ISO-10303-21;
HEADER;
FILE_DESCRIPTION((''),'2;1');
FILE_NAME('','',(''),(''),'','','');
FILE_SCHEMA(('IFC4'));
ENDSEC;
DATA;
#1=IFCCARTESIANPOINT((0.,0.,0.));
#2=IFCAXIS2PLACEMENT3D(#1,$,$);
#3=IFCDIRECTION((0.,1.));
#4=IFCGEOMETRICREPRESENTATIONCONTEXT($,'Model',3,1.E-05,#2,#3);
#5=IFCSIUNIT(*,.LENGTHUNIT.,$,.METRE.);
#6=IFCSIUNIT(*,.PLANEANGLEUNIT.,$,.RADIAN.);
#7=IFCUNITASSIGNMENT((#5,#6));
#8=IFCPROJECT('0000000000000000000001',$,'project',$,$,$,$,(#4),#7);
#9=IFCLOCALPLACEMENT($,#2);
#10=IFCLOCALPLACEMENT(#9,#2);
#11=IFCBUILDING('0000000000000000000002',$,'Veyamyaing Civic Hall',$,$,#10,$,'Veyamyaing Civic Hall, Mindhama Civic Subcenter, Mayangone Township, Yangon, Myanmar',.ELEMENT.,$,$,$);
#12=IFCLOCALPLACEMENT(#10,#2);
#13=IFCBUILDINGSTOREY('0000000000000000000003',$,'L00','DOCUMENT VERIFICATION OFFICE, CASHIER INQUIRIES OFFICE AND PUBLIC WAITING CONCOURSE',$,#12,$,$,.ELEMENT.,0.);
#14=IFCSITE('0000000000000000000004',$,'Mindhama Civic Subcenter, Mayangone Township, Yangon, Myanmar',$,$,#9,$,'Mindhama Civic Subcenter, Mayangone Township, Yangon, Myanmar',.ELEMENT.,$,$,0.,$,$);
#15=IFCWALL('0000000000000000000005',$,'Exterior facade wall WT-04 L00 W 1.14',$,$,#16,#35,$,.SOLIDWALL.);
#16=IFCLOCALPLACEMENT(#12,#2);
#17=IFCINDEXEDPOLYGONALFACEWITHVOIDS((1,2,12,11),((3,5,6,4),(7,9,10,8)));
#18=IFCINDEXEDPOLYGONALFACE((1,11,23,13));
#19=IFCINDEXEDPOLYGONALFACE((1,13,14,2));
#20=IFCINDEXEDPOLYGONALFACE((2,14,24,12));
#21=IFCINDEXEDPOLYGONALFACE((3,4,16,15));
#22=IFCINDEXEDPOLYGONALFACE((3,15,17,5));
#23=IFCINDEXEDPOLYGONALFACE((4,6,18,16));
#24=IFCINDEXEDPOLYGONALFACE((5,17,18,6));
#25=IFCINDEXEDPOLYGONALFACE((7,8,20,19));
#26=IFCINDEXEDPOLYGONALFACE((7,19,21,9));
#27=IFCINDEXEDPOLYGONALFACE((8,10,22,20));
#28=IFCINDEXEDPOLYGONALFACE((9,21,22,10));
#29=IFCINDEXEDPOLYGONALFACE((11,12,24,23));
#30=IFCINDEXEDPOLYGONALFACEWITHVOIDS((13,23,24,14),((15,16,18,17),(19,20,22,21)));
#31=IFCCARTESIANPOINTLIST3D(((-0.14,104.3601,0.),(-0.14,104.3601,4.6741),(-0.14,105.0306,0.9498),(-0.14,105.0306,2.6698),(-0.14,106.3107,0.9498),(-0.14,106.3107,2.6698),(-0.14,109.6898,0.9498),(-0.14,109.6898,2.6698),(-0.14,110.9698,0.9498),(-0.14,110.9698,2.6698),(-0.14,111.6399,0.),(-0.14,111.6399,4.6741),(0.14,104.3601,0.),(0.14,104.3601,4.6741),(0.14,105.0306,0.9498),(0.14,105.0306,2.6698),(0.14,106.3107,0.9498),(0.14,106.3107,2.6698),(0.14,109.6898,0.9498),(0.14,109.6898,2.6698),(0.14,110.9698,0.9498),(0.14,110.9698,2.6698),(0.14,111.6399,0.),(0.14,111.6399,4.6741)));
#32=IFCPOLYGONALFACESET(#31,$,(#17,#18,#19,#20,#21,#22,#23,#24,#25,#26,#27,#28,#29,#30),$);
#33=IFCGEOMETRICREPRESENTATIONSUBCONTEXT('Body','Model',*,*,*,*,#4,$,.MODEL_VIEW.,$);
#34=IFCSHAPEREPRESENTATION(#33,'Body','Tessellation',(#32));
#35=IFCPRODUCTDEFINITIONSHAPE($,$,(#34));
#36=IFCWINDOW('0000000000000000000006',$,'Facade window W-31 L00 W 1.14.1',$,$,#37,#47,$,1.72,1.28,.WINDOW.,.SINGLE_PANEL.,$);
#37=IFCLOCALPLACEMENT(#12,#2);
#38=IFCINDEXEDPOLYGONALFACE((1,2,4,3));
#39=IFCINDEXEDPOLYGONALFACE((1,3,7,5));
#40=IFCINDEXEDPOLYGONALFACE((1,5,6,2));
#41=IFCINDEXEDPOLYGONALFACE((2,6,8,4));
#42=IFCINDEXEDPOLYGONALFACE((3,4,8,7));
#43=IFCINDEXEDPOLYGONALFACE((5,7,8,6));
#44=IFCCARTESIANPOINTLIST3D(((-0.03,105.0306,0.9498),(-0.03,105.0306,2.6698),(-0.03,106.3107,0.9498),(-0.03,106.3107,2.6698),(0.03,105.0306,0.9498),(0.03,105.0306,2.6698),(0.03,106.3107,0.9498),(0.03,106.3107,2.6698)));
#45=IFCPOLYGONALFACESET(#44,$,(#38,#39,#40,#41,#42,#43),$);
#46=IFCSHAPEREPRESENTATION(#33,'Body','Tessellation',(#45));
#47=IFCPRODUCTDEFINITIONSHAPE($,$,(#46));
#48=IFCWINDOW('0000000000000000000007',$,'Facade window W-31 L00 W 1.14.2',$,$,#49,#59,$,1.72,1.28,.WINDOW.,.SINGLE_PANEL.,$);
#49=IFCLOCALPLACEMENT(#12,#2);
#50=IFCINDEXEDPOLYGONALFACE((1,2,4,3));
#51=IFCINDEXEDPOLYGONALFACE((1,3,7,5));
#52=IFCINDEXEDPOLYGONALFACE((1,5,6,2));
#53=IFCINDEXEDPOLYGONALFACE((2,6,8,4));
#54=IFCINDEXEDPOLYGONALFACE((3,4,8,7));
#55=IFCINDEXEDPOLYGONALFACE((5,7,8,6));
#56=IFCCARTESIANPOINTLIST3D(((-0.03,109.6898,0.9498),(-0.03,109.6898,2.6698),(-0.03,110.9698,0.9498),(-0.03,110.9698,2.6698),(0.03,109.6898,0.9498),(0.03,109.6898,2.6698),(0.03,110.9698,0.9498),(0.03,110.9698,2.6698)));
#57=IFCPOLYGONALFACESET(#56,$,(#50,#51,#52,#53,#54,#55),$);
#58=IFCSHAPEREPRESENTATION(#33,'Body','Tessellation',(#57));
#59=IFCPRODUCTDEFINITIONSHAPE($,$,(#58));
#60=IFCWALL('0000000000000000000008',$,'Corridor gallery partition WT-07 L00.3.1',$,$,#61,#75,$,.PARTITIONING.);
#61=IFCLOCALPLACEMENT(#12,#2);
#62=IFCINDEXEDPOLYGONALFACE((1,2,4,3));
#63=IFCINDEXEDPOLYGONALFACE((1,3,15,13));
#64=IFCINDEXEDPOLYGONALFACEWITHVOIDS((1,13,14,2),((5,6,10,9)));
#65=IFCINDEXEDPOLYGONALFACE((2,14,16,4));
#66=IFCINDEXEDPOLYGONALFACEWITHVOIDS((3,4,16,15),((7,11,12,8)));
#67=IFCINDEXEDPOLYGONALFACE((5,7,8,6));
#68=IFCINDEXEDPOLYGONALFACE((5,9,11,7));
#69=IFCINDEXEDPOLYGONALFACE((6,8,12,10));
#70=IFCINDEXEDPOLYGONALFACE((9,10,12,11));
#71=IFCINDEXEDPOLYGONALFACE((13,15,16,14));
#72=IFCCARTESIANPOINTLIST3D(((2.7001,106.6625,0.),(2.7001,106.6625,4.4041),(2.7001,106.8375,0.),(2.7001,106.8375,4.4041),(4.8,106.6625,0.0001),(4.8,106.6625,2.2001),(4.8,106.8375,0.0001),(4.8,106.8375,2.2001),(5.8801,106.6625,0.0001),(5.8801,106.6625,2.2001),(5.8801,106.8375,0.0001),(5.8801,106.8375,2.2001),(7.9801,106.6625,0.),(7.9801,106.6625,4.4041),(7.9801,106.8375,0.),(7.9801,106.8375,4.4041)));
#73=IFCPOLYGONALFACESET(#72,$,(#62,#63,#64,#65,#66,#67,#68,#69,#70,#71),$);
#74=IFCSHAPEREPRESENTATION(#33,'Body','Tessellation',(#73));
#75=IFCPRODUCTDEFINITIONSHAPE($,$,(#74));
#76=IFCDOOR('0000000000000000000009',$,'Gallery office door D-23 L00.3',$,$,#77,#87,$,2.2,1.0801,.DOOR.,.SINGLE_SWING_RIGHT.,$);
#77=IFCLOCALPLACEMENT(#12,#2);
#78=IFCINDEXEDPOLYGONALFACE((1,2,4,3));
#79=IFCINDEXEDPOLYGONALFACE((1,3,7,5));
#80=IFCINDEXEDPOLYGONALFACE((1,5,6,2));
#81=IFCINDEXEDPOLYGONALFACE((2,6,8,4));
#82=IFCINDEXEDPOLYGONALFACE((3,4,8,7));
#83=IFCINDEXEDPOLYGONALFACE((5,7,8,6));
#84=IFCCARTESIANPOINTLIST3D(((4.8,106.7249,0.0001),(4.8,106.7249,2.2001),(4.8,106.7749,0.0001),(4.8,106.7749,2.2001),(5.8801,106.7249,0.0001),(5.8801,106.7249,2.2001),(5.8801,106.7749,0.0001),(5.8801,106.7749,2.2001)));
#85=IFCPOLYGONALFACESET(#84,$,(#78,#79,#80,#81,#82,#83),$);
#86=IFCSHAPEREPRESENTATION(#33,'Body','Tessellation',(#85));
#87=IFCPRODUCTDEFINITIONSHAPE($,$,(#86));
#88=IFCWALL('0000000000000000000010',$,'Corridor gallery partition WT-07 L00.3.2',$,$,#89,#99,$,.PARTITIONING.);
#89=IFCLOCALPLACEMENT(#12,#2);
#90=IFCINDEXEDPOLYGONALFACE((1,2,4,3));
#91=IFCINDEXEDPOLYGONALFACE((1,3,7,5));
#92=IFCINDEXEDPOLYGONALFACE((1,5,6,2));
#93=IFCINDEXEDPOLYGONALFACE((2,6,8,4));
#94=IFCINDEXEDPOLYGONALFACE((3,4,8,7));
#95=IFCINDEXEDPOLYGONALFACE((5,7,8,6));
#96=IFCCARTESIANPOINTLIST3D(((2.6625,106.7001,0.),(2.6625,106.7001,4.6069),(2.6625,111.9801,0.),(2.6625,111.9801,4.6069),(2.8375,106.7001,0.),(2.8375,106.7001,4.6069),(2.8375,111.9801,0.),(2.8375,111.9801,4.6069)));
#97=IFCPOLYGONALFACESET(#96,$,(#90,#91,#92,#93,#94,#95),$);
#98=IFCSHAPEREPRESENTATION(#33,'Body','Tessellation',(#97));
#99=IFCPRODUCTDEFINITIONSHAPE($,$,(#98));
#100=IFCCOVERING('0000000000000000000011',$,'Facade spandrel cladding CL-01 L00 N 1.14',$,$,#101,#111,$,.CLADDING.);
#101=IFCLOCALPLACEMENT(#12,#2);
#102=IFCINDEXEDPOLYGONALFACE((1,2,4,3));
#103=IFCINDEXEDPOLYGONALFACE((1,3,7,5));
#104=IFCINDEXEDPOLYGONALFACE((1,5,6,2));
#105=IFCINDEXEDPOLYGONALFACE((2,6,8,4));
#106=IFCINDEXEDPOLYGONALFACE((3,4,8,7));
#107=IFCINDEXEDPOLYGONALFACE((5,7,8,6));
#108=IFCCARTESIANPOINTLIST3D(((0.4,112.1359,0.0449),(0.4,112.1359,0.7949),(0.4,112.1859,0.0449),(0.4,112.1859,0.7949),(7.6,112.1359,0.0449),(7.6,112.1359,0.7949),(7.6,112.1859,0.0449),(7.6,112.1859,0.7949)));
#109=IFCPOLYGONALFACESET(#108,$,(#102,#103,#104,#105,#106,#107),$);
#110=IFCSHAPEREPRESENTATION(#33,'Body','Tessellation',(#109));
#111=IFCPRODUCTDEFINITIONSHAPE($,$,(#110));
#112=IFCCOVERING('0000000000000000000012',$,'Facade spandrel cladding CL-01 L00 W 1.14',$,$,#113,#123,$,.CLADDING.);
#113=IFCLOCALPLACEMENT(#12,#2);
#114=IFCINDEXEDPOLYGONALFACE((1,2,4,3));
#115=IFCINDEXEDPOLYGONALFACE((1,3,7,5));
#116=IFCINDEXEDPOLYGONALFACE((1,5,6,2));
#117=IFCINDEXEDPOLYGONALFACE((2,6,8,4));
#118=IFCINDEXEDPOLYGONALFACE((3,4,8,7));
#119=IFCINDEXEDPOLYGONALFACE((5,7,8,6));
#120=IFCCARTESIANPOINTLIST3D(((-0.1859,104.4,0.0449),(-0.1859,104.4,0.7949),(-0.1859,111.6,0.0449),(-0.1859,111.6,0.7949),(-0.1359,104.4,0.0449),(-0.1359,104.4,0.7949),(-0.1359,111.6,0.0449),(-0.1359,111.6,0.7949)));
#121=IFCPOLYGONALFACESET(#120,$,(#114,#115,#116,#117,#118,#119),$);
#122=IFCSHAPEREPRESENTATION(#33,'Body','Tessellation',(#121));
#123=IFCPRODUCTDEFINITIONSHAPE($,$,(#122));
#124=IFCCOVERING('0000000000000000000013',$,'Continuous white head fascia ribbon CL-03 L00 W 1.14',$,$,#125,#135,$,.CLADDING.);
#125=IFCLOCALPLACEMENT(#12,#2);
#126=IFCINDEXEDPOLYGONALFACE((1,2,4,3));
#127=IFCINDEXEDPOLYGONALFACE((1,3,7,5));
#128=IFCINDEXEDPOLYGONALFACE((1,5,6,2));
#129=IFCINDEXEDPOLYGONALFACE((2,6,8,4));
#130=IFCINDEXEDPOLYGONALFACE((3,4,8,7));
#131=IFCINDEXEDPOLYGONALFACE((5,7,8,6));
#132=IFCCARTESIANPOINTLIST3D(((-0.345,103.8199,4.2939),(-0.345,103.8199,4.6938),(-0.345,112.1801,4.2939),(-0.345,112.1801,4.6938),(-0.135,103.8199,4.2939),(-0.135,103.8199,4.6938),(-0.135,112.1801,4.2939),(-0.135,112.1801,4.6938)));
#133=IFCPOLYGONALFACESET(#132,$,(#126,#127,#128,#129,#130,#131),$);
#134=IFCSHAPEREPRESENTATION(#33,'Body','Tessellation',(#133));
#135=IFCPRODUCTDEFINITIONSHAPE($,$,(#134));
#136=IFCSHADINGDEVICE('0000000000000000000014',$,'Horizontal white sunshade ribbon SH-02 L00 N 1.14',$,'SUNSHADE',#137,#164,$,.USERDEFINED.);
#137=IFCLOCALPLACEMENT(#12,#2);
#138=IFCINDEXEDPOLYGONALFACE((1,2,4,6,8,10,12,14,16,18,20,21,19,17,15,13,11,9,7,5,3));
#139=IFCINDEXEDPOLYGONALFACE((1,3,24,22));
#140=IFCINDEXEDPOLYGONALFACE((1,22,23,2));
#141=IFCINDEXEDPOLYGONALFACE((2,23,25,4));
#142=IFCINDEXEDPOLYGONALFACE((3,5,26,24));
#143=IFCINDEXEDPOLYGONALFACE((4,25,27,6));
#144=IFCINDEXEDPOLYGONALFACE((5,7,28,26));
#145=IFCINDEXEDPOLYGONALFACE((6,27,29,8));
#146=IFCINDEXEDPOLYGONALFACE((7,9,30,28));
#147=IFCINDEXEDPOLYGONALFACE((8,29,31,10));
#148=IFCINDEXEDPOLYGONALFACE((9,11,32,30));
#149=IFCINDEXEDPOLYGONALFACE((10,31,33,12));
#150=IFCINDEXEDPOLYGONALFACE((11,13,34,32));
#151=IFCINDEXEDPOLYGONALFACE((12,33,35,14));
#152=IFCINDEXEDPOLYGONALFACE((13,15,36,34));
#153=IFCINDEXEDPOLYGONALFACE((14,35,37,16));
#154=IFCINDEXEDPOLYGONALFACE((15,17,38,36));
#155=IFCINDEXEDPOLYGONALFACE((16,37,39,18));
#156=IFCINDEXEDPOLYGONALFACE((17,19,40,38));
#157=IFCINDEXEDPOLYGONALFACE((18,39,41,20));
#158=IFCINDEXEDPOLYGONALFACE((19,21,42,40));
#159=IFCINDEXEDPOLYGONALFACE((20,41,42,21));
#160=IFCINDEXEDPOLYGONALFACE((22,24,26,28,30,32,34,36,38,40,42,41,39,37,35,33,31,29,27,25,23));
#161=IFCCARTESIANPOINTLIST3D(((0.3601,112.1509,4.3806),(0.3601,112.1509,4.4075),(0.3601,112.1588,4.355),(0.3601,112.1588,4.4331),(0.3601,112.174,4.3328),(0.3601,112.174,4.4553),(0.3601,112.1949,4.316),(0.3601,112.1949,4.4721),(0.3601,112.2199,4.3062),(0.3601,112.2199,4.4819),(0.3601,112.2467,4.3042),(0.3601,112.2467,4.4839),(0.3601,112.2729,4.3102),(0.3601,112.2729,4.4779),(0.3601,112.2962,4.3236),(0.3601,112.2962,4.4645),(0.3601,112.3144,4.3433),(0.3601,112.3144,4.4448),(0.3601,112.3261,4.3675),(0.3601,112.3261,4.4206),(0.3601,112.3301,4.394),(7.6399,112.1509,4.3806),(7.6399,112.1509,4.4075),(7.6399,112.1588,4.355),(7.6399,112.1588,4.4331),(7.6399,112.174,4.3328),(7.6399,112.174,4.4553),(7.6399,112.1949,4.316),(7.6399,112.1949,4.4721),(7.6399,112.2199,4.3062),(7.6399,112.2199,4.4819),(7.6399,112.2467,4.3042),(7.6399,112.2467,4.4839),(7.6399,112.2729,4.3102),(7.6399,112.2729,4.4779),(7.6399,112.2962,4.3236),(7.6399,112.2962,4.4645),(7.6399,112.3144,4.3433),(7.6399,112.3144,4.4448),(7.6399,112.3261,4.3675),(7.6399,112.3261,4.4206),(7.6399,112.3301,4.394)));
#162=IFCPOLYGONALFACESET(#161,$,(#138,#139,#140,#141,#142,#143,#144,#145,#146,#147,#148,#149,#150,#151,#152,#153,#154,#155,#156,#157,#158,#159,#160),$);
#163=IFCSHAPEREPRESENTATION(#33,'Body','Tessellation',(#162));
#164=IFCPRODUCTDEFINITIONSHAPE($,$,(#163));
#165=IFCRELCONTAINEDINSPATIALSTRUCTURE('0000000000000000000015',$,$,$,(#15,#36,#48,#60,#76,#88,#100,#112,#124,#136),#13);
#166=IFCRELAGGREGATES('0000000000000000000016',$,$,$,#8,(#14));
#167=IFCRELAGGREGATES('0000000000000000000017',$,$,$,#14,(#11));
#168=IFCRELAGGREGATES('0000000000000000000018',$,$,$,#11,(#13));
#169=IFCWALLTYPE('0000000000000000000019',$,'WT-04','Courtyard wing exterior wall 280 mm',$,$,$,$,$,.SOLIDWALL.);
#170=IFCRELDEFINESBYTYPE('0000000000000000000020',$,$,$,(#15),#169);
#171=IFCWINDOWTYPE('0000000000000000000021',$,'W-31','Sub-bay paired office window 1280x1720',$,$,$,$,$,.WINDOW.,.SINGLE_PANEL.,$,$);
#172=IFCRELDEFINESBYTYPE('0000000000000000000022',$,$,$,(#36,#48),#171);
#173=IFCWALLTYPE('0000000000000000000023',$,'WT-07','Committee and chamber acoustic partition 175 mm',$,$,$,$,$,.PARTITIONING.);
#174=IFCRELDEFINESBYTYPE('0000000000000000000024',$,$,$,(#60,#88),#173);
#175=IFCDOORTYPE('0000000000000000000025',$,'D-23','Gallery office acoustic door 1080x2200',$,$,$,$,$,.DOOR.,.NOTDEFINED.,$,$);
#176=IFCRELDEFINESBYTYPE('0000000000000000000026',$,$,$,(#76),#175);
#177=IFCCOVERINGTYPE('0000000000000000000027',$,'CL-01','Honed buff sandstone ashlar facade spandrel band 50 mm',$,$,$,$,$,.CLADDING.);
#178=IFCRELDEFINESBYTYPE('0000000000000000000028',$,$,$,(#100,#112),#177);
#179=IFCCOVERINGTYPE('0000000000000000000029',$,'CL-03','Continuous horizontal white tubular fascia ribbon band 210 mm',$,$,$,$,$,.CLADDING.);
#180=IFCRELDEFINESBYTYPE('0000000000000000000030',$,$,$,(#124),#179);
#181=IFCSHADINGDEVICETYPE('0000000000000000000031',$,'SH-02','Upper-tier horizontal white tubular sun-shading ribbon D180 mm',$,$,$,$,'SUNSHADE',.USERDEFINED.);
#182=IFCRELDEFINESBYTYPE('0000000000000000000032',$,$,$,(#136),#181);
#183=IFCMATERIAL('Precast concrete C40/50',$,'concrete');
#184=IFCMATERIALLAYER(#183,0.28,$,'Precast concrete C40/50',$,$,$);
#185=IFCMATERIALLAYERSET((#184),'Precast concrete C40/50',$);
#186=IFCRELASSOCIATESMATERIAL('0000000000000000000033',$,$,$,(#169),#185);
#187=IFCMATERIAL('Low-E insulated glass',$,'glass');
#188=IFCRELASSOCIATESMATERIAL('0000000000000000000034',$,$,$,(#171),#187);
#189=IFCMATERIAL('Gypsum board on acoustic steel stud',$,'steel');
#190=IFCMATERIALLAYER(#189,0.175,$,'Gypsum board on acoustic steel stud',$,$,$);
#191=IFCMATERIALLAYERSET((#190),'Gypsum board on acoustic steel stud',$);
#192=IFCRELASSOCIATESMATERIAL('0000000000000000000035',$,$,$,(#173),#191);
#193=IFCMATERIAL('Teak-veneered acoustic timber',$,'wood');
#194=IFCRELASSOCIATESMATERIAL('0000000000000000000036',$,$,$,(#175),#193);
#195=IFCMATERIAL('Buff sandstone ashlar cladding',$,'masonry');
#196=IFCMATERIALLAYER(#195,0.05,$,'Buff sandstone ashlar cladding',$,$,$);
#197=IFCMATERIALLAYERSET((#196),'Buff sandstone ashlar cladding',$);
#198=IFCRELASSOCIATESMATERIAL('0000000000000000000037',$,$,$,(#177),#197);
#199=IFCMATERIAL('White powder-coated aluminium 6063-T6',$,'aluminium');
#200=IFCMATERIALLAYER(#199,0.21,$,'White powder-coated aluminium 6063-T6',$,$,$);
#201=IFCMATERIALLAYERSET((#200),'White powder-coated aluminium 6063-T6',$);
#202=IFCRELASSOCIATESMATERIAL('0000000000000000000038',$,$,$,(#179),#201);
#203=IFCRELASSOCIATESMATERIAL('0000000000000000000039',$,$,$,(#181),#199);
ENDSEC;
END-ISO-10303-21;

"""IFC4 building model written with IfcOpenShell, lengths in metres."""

from ifc_helpers import new_model, si_unit, direction, frame, frame_2d, origin, origin_2d, place, context, subcontext, project, spatial, rectangle, circle, extrude, material, layer, layer_set, material_profile, profile_set, type_object, element, fill, save


model = new_model("IFC4")

# Units and contexts
model_context = context("Model", 3, precision=1e-05, world=origin(), true_north=direction((0.0, 1.0)))
body_context = subcontext(model_context, "Body", "Model", "MODEL_VIEW")
ifc_project = project(units=[si_unit("LENGTHUNIT", "METRE"), si_unit("PLANEANGLEUNIT", "RADIAN")], contexts=[model_context])

# Site, building, storey
site_placement = place(None, origin())
site = spatial("IfcSite", under=ifc_project, at=site_placement, Name="Mindhama Civic Subcenter, Mayangone Township, Yangon, Myanmar", LongName="Mindhama Civic Subcenter, Mayangone Township, Yangon, Myanmar", CompositionType="ELEMENT", RefElevation=0.0)
building_placement = place(site_placement, origin())
building = spatial("IfcBuilding", under=site, at=building_placement, Name="Veyamyaing Civic Hall", LongName="Veyamyaing Civic Hall, Mindhama Civic Subcenter, Mayangone Township, Yangon, Myanmar", CompositionType="ELEMENT")
storey_placement = place(building_placement, origin())
storey = spatial("IfcBuildingStorey", under=building, at=storey_placement, Name="L00", Description="DOCUMENT VERIFICATION OFFICE, CASHIER INQUIRIES OFFICE AND PUBLIC WAITING CONCOURSE", CompositionType="ELEMENT", Elevation=0.0)

# Wall, openings, windows
ifc_material_1 = material(Name="Precast concrete C40/50", Category="concrete")
ifc_layer_1 = layer(ifc_material_1, 0.28, Name="Precast concrete C40/50")
ifc_layer_set_1 = layer_set([ifc_layer_1], Name="Precast concrete C40/50")
wall_type_1 = type_object("IfcWallType", Name="WT-04", Description="Courtyard wing exterior wall 280 mm", PredefinedType="SOLIDWALL", material=ifc_layer_set_1)
ifc_material_2 = material(Name="Low-E insulated glass", Category="glass")
window_type = type_object("IfcWindowType", Name="W-31", Description="Sub-bay paired office window 1280x1720", PartitioningType="SINGLE_PANEL", PredefinedType="WINDOW", material=ifc_material_2)
wall_1_placement = place(storey_placement, frame((0.0, 104.3601, 0.0), z_axis=(0.0, 0.0, 1.0), x_axis=(0.0, 1.0, 0.0)))
wall_1 = element("IfcWall", 1, at=wall_1_placement, inside=storey, type_object=wall_type_1, Name="Exterior facade wall WT-04 L00 W 1.14", PredefinedType="SOLIDWALL", context=body_context, shape_type="SweptSolid", body=[
    extrude(rectangle(XDim=7.2798, YDim=0.28, at=frame_2d((3.6399, 0.0))), origin(), (0.0, 0.0, 1.0), 4.6741),
])
opening_1_placement = place(wall_1_placement, frame((0.6704, 0.0, 0.95)))
opening_1 = element("IfcOpeningElement", 2, at=opening_1_placement, cuts=wall_1, PredefinedType="OPENING", context=body_context, shape_type="SweptSolid", body=[
    extrude(rectangle(XDim=1.28, YDim=1.72, at=frame_2d((0.6401, 0.8599))), frame((0.0, 0.1499, 0.0), z_axis=(0.0, -1.0, 0.0), x_axis=(1.0, 0.0, 0.0)), (0.0, 0.0, 1.0), 0.3),
])
opening_2_placement = place(wall_1_placement, frame((5.3296, 0.0, 0.95)))
opening_2 = element("IfcOpeningElement", 3, at=opening_2_placement, cuts=wall_1, PredefinedType="OPENING", context=body_context, shape_type="SweptSolid", body=[
    extrude(rectangle(XDim=1.28, YDim=1.72, at=frame_2d((0.6401, 0.8599))), frame((0.0, 0.1499, 0.0), z_axis=(0.0, -1.0, 0.0), x_axis=(1.0, 0.0, 0.0)), (0.0, 0.0, 1.0), 0.3),
])
window_1_placement = place(opening_1_placement, origin())
window_1 = element("IfcWindow", 4, at=window_1_placement, inside=storey, type_object=window_type, Name="Facade window W-31 L00 W 1.14.1", OverallHeight=1.72, OverallWidth=1.28, PartitioningType="SINGLE_PANEL", PredefinedType="WINDOW", context=body_context, shape_type="SweptSolid", body=[
    extrude(rectangle(XDim=1.28, YDim=1.72, at=frame_2d((0.6401, 0.8599))), frame((0.0, 0.03, 0.0), z_axis=(0.0, -1.0, 0.0), x_axis=(1.0, 0.0, 0.0)), (0.0, 0.0, 1.0), 0.0601),
])
fill(opening_1, window_1)
window_2_placement = place(opening_2_placement, origin())
window_2 = element("IfcWindow", 5, at=window_2_placement, inside=storey, type_object=window_type, Name="Facade window W-31 L00 W 1.14.2", OverallHeight=1.72, OverallWidth=1.28, PartitioningType="SINGLE_PANEL", PredefinedType="WINDOW", context=body_context, shape_type="SweptSolid", body=[
    extrude(rectangle(XDim=1.28, YDim=1.72, at=frame_2d((0.6401, 0.8599))), frame((0.0, 0.03, 0.0), z_axis=(0.0, -1.0, 0.0), x_axis=(1.0, 0.0, 0.0)), (0.0, 0.0, 1.0), 0.0601),
])
fill(opening_2, window_2)

# Wall, opening, door
ifc_material_3 = material(Name="Gypsum board on acoustic steel stud", Category="steel")
ifc_layer_2 = layer(ifc_material_3, 0.175, Name="Gypsum board on acoustic steel stud")
ifc_layer_set_2 = layer_set([ifc_layer_2], Name="Gypsum board on acoustic steel stud")
wall_type_2 = type_object("IfcWallType", Name="WT-07", Description="Committee and chamber acoustic partition 175 mm", PredefinedType="PARTITIONING", material=ifc_layer_set_2)
wall_2_placement = place(storey_placement, frame((2.7, 106.75, 0.0), z_axis=(0.0, 0.0, 1.0), x_axis=(1.0, 0.0, 0.0)))
wall_2 = element("IfcWall", 6, at=wall_2_placement, inside=storey, type_object=wall_type_2, Name="Corridor gallery partition WT-07 L00.3.1", PredefinedType="PARTITIONING", context=body_context, shape_type="SweptSolid", body=[
    extrude(rectangle(XDim=5.28, YDim=0.175, at=frame_2d((2.6401, 0.0))), origin(), (0.0, 0.0, 1.0), 4.4041),
])
opening_3_placement = place(wall_2_placement, frame((2.1001, 0.0, 0.0)))
opening_3 = element("IfcOpeningElement", 7, at=opening_3_placement, cuts=wall_2, PredefinedType="OPENING", context=body_context, shape_type="SweptSolid", body=[
    extrude(rectangle(XDim=1.0801, YDim=2.2, at=frame_2d((0.54, 1.1001))), frame((0.0, 0.0974, 0.0), z_axis=(0.0, -1.0, 0.0), x_axis=(1.0, 0.0, 0.0)), (0.0, 0.0, 1.0), 0.1951),
])
ifc_material_4 = material(Name="Teak-veneered acoustic timber", Category="wood")
door_type = type_object("IfcDoorType", Name="D-23", Description="Gallery office acoustic door 1080x2200", OperationType="NOTDEFINED", PredefinedType="DOOR", material=ifc_material_4)
door_placement = place(opening_3_placement, origin())
door = element("IfcDoor", 8, at=door_placement, inside=storey, type_object=door_type, Name="Gallery office door D-23 L00.3", OperationType="SINGLE_SWING_RIGHT", OverallHeight=2.2, OverallWidth=1.0801, PredefinedType="DOOR", context=body_context, shape_type="SweptSolid", body=[
    extrude(rectangle(XDim=1.0801, YDim=2.2, at=frame_2d((0.54, 1.1001))), frame((0.0, 0.0249, 0.0), z_axis=(0.0, -1.0, 0.0), x_axis=(1.0, 0.0, 0.0)), (0.0, 0.0, 1.0), 0.05),
])
fill(opening_3, door)

# Wall
wall_3_placement = place(storey_placement, frame((2.75, 106.7, 0.0), z_axis=(0.0, 0.0, 1.0), x_axis=(0.0, 1.0, 0.0)))
element("IfcWall", 9, at=wall_3_placement, inside=storey, type_object=wall_type_2, Name="Corridor gallery partition WT-07 L00.3.2", PredefinedType="PARTITIONING", context=body_context, shape_type="SweptSolid", body=[
    extrude(rectangle(XDim=5.28, YDim=0.175, at=frame_2d((2.6401, 0.0))), origin(), (0.0, 0.0, 1.0), 4.6069),
])

# Coverings
ifc_material_5 = material(Name="Buff sandstone ashlar cladding", Category="masonry")
ifc_layer_3 = layer(ifc_material_5, 0.05, Name="Buff sandstone ashlar cladding")
ifc_layer_set_3 = layer_set([ifc_layer_3], Name="Buff sandstone ashlar cladding")
covering_type_1 = type_object("IfcCoveringType", Name="CL-01", Description="Honed buff sandstone ashlar facade spandrel band 50 mm", PredefinedType="CLADDING", material=ifc_layer_set_3)
for number, where, z_axis, x_axis, name in (
    (10, (4.0, 112.1609, 0.0449), (0.0, 0.0, 1.0), (1.0, 0.0, 0.0), "Facade spandrel cladding CL-01 L00 N 1.14"),
    (11, (-0.1609, 108.0, 0.0449), (0.0, 0.0, 1.0), (0.0, 1.0, 0.0), "Facade spandrel cladding CL-01 L00 W 1.14"),
):
    element("IfcCovering", number, at=place(storey_placement, frame(where, z_axis=z_axis, x_axis=x_axis)), inside=storey, type_object=covering_type_1, Name=name, PredefinedType="CLADDING", context=body_context, shape_type="SweptSolid", body=[
        extrude(rectangle(XDim=7.2, YDim=0.05, at=origin_2d()), origin(), (0.0, 0.0, 1.0), 0.75),
    ])
ifc_material_6 = material(Name="White powder-coated aluminium 6063-T6", Category="aluminium")
ifc_layer_4 = layer(ifc_material_6, 0.21, Name="White powder-coated aluminium 6063-T6")
ifc_layer_set_4 = layer_set([ifc_layer_4], Name="White powder-coated aluminium 6063-T6")
covering_type_2 = type_object("IfcCoveringType", Name="CL-03", Description="Continuous horizontal white tubular fascia ribbon band 210 mm", PredefinedType="CLADDING", material=ifc_layer_set_4)
covering_placement = place(storey_placement, frame((-0.24, 108.0, 4.2939), z_axis=(0.0, 0.0, 1.0), x_axis=(0.0, 1.0, 0.0)))
element("IfcCovering", 12, at=covering_placement, inside=storey, type_object=covering_type_2, Name="Continuous white head fascia ribbon CL-03 L00 W 1.14", PredefinedType="CLADDING", context=body_context, shape_type="SweptSolid", body=[
    extrude(rectangle(XDim=8.3601, YDim=0.21, at=origin_2d()), origin(), (0.0, 0.0, 1.0), 0.3999),
])

# Shading device
ifc_material_profile_1 = material_profile(ifc_material_6, circle(Radius=0.0901, at=origin_2d()), Name="SHADE-TUBE-180")
ifc_profile_set_1 = profile_set([ifc_material_profile_1], Name="White powder-coated aluminium 6063-T6")
shading_device_type = type_object("IfcShadingDeviceType", Name="SH-02", Description="Upper-tier horizontal white tubular sun-shading ribbon D180 mm", ElementType="SUNSHADE", PredefinedType="USERDEFINED", material=ifc_profile_set_1)
for number, where, z_axis, x_axis, name in (
    (13, (0.3601, 112.24, 4.394), (1.0, 0.0, 0.0), (0.0, 1.0, 0.0), "Horizontal white sunshade ribbon SH-02 L00 N 1.14"),
):
    element("IfcShadingDevice", number, at=place(storey_placement, frame(where, z_axis=z_axis, x_axis=x_axis)), inside=storey, type_object=shading_device_type, Name=name, ObjectType="SUNSHADE", PredefinedType="USERDEFINED", context=body_context, shape_type="SweptSolid", body=[
        extrude(circle(Radius=0.0901, at=origin_2d()), origin(), (0.0, 0.0, 1.0), 7.2798),
    ])

save(model, "model.ifc")
